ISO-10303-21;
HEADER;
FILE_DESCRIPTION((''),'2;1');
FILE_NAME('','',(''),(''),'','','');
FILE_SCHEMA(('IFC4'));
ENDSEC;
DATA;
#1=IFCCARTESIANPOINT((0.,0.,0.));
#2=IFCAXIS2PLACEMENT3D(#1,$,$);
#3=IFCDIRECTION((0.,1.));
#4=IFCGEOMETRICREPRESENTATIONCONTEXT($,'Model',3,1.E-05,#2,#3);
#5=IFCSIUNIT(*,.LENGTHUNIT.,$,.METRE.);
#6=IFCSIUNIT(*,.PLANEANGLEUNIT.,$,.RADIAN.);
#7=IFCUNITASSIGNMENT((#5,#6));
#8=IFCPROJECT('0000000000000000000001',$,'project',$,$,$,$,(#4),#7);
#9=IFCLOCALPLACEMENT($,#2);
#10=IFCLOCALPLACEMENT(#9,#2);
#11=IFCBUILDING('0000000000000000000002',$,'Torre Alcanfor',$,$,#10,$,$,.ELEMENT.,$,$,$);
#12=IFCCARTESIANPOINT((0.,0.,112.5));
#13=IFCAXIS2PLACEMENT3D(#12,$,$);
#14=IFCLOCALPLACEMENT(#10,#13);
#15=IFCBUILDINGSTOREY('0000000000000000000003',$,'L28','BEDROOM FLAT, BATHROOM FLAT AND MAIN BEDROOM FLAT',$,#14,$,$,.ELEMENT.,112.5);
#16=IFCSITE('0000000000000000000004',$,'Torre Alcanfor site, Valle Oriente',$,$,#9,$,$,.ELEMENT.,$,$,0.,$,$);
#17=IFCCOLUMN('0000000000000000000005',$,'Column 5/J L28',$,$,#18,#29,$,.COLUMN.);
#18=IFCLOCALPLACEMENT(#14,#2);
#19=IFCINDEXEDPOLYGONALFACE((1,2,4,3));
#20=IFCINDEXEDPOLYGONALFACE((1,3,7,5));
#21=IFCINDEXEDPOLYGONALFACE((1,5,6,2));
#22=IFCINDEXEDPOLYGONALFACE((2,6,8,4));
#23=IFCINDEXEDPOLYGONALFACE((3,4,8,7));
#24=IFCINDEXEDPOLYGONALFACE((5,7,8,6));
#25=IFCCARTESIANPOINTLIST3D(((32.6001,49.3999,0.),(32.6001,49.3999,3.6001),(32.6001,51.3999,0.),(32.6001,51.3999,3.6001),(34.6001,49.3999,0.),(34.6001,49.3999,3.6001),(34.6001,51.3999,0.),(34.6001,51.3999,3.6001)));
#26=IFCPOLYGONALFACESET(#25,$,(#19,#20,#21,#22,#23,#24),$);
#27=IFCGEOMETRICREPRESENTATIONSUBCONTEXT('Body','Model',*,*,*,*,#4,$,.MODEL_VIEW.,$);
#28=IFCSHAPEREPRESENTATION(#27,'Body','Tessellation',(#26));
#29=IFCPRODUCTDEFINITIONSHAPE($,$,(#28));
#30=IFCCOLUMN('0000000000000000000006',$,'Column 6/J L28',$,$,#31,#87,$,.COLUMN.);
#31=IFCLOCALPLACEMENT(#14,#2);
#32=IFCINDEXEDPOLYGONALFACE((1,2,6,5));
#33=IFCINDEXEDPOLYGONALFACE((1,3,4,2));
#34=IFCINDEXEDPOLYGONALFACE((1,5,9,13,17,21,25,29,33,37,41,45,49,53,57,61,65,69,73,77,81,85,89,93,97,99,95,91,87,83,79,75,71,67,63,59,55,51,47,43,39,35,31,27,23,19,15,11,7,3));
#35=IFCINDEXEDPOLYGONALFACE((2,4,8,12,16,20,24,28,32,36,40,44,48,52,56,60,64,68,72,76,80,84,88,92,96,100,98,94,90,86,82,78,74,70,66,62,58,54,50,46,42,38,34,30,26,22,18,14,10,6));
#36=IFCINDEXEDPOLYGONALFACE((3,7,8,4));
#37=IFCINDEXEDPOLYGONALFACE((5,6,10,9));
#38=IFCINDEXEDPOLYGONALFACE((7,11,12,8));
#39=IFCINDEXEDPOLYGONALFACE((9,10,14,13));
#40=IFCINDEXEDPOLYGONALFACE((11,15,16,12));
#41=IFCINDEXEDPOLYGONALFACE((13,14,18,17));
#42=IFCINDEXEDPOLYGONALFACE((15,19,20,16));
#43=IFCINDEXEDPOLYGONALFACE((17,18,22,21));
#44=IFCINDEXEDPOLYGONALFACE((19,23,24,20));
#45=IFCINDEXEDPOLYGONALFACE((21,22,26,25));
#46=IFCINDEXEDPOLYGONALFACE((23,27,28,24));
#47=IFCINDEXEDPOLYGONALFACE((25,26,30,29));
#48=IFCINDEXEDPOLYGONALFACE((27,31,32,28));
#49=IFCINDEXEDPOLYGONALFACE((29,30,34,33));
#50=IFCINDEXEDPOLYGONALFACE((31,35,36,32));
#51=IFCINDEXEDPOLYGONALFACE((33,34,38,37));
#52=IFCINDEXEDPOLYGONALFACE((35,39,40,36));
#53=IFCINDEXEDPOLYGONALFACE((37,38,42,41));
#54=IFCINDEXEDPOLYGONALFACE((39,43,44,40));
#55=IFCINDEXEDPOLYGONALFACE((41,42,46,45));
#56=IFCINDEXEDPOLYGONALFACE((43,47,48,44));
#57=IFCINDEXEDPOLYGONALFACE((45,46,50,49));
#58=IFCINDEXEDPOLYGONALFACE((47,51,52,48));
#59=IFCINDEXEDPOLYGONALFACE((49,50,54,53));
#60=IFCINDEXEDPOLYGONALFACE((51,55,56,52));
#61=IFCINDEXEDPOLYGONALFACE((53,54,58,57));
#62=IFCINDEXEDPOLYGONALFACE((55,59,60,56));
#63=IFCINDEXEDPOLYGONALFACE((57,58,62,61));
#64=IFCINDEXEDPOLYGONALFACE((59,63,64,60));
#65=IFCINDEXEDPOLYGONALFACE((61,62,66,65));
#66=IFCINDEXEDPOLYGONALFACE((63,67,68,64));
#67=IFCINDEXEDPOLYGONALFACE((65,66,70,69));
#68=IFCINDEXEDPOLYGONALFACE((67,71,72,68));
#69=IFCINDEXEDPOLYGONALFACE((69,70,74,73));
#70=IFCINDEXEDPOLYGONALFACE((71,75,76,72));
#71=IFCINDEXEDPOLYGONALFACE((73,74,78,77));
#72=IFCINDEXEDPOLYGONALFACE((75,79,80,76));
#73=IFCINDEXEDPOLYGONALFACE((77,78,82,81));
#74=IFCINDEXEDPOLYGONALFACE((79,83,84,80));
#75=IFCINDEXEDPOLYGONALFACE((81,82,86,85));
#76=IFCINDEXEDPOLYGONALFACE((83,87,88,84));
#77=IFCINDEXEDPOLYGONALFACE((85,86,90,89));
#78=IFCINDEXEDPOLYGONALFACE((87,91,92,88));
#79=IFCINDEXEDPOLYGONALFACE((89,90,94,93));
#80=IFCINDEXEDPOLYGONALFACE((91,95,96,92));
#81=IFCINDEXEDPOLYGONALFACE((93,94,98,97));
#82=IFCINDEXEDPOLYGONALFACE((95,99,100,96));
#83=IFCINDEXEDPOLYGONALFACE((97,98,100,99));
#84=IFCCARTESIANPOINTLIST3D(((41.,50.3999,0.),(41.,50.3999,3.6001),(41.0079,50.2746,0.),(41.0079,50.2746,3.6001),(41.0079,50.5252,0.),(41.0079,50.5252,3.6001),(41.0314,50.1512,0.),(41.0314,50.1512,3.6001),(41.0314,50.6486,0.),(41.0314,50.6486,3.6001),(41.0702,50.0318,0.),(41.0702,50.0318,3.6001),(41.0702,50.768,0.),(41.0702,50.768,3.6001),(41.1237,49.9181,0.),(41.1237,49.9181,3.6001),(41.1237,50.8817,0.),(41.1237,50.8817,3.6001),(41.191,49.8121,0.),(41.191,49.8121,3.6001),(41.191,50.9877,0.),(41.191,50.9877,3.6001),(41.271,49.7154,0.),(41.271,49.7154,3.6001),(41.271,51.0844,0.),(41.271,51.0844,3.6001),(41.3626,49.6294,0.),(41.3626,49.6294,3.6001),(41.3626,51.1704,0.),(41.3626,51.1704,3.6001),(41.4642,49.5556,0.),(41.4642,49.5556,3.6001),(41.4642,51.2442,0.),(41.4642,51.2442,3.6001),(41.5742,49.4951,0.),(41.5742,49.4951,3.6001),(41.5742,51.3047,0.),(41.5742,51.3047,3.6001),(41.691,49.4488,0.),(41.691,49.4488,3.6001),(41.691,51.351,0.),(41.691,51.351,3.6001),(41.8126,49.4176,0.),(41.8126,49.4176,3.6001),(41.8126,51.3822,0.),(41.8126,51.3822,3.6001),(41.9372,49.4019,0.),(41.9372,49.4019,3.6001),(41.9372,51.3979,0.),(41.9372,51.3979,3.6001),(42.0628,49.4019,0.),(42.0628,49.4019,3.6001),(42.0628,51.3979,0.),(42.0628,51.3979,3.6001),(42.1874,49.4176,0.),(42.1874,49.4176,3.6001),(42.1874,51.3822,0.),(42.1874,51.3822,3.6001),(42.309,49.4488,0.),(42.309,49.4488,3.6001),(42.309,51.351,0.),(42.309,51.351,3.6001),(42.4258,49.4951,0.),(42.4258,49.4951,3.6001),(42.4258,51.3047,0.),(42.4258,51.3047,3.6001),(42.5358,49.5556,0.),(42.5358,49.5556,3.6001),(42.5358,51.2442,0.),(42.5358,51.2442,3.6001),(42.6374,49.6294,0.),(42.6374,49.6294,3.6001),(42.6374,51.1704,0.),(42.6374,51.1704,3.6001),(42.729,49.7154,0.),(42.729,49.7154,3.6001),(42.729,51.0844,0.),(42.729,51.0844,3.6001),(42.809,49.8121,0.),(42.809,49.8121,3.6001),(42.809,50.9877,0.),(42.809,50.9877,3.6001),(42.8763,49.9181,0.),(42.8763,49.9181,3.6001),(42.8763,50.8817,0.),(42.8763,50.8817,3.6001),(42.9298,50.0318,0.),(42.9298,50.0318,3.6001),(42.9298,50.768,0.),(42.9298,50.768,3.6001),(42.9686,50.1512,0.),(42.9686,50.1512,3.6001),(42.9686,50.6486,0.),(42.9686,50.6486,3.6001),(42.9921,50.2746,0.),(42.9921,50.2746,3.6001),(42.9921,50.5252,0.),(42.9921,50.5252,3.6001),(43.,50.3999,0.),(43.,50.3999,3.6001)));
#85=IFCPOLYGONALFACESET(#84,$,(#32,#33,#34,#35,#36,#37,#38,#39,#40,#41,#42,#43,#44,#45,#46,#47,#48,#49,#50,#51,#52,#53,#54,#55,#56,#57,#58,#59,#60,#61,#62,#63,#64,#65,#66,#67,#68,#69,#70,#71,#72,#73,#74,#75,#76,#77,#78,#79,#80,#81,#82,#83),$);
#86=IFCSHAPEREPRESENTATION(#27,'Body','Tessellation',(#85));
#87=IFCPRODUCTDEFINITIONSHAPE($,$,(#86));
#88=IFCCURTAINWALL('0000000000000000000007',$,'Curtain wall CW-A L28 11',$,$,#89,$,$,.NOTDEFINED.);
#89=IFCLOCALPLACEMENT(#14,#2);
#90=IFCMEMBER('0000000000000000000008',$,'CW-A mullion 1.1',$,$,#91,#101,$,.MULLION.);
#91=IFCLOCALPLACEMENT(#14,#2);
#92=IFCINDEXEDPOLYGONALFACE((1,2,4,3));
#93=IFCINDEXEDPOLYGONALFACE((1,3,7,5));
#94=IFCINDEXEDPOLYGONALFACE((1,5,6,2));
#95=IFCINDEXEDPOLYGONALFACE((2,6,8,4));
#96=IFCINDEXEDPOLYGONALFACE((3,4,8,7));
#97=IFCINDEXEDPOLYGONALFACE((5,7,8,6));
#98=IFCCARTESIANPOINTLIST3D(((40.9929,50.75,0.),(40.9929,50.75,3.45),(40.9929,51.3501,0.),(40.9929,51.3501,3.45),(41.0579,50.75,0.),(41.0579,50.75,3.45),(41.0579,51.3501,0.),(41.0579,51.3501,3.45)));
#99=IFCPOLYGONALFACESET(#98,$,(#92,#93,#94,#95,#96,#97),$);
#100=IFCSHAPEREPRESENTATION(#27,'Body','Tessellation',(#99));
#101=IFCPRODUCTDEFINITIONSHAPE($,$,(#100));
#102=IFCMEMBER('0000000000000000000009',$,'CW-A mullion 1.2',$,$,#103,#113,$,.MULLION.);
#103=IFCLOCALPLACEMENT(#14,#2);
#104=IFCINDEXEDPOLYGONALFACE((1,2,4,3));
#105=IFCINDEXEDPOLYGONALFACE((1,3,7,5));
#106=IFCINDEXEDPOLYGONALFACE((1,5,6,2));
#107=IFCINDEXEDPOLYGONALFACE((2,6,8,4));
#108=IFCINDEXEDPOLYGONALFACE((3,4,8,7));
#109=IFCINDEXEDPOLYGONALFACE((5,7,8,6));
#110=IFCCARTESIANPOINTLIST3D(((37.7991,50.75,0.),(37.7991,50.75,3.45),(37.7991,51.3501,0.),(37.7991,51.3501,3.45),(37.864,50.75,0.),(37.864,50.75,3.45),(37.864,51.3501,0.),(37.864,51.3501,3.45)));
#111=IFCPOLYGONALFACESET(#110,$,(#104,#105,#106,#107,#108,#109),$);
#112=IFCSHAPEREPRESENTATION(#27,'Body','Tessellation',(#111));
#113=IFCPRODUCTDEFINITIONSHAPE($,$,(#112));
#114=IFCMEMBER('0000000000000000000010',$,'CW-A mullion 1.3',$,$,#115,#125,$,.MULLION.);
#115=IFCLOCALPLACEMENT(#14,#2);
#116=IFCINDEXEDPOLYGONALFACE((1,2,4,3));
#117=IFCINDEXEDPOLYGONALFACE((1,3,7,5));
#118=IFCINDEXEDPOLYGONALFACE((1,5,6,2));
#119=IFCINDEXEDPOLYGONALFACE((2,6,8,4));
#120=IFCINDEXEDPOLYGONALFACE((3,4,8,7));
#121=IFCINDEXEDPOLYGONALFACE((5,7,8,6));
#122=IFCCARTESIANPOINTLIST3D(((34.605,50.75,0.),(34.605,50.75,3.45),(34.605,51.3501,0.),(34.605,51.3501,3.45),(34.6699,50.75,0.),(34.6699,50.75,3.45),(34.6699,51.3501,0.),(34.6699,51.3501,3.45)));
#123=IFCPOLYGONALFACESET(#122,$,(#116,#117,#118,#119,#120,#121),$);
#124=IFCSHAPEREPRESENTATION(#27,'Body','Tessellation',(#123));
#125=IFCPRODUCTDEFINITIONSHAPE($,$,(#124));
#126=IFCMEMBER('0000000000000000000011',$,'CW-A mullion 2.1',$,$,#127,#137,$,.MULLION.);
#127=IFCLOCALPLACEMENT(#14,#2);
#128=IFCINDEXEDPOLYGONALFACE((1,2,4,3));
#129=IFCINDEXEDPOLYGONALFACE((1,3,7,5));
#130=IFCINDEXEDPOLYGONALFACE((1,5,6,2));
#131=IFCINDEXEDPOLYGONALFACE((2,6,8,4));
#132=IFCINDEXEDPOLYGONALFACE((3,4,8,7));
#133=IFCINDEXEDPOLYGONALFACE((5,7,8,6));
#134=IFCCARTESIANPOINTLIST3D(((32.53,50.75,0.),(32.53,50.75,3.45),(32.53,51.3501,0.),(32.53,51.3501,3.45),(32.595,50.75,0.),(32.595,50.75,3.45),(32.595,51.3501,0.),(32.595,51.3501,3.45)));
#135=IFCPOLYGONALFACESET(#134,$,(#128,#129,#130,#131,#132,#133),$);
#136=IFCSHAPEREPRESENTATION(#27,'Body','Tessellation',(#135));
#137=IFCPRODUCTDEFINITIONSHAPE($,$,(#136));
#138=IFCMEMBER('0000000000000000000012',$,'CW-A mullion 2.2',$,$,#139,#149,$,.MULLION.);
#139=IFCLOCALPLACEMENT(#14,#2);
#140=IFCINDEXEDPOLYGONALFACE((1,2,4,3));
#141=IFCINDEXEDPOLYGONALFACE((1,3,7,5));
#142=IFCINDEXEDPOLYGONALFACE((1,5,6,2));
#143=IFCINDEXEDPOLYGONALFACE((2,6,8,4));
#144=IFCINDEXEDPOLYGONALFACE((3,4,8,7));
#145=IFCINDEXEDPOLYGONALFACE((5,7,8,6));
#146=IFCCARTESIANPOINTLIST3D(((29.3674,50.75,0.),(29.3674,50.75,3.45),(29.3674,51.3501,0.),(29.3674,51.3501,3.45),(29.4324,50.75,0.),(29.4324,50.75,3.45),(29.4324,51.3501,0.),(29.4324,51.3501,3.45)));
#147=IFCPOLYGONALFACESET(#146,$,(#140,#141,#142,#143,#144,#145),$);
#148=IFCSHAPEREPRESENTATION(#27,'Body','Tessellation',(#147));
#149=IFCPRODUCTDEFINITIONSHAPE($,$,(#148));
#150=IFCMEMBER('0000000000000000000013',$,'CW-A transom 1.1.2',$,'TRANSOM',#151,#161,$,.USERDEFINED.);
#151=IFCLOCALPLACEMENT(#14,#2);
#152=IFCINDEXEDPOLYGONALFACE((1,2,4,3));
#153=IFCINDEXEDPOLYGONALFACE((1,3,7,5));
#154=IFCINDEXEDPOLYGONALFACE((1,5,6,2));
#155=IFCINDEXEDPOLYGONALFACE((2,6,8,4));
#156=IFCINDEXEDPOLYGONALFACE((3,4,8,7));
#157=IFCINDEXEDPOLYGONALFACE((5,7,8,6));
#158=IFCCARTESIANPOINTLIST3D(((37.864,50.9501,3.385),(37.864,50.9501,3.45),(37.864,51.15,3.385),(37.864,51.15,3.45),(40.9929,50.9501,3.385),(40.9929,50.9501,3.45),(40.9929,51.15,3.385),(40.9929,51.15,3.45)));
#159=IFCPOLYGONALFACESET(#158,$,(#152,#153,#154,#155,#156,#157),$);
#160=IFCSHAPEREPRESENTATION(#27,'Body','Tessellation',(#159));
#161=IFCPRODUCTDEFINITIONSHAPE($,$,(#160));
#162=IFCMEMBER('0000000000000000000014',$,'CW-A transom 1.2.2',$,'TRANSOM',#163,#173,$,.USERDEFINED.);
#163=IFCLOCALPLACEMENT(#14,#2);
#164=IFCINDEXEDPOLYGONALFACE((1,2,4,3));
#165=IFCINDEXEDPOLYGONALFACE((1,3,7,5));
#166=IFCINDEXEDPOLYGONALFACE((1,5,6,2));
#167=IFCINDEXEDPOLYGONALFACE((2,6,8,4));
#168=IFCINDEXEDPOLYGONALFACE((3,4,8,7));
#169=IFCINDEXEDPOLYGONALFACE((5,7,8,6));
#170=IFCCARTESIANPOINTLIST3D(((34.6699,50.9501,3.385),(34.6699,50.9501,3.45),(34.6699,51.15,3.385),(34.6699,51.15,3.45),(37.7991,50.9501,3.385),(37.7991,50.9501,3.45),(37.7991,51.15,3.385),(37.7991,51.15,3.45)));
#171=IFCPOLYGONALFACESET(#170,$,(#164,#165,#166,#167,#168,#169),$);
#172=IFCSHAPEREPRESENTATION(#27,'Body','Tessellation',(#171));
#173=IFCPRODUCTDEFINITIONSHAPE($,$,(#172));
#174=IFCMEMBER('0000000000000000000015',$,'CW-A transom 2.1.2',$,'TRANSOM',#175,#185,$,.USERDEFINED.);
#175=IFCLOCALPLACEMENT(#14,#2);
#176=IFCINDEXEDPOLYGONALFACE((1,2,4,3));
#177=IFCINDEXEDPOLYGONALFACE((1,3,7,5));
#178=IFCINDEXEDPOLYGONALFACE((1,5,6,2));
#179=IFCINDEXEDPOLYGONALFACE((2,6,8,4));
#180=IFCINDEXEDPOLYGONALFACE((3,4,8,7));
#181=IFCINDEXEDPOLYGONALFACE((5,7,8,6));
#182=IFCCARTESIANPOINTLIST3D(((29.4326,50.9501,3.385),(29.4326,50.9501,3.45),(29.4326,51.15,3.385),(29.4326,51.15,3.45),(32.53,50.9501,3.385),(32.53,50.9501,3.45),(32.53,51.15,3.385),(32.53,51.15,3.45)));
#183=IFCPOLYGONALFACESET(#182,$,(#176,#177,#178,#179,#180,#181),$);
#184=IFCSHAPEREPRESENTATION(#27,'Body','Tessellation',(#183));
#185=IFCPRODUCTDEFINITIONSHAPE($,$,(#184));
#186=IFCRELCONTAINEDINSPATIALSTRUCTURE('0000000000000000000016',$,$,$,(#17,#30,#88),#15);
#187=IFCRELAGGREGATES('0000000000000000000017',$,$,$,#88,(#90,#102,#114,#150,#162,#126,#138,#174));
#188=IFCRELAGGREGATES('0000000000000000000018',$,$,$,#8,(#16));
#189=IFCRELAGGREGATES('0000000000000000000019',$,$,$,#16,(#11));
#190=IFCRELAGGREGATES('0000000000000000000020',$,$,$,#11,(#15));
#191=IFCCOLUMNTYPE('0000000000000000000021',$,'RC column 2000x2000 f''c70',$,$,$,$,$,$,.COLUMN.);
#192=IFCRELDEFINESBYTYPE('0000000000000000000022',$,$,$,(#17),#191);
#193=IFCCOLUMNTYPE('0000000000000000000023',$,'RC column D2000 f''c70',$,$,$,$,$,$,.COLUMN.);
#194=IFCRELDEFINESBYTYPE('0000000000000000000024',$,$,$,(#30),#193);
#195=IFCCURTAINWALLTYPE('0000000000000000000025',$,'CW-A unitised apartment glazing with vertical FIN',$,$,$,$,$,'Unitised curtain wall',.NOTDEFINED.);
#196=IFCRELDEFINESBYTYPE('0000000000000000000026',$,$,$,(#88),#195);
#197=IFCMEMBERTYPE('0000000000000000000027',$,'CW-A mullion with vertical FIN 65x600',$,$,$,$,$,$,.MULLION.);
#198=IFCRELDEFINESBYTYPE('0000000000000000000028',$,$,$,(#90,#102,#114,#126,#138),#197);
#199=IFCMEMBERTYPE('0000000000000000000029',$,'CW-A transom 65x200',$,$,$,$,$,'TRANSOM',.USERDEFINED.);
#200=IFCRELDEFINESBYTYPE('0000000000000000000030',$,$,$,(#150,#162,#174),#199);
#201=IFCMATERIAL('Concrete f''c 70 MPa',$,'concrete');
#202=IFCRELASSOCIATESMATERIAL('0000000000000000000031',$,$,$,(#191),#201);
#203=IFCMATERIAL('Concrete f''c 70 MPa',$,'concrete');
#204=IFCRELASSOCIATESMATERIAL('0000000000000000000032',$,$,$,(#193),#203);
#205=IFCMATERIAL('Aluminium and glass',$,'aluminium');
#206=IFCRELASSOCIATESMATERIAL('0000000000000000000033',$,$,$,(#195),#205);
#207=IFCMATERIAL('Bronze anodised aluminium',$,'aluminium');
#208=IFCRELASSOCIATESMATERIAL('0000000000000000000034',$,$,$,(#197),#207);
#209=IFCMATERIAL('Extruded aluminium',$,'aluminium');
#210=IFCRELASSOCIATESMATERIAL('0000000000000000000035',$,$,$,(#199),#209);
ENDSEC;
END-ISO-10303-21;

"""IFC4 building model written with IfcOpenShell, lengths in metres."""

from ifc_helpers import new_model, si_unit, direction, frame, origin, origin_2d, place, context, subcontext, project, spatial, rectangle, circle, extrude, material, material_profile, profile_set, type_object, element, aggregate, save


model = new_model("IFC4")

# Units and contexts
model_context = context("Model", 3, precision=1e-05, world=origin(), true_north=direction((0.0, 1.0)))
body_context = subcontext(model_context, "Body", "Model", "MODEL_VIEW")
ifc_project = project(units=[si_unit("LENGTHUNIT", "METRE"), si_unit("PLANEANGLEUNIT", "RADIAN")], contexts=[model_context])

# Site, building, storey
site_placement = place(None, origin())
site = spatial("IfcSite", under=ifc_project, at=site_placement, Name="Torre Alcanfor site, Valle Oriente", CompositionType="ELEMENT", RefElevation=0.0)
building_placement = place(site_placement, origin())
building = spatial("IfcBuilding", under=site, at=building_placement, Name="Torre Alcanfor", CompositionType="ELEMENT")
storey_placement = place(building_placement, frame((0.0, 0.0, 112.5)))
storey = spatial("IfcBuildingStorey", under=building, at=storey_placement, Name="L28", Description="BEDROOM FLAT, BATHROOM FLAT AND MAIN BEDROOM FLAT", CompositionType="ELEMENT", Elevation=112.5)

# Columns
ifc_material_1 = material(Name="Concrete f'c 70 MPa", Category="concrete")
ifc_material_profile_1 = material_profile(ifc_material_1, rectangle(XDim=2.0, YDim=2.0, at=origin_2d()), Name="2000x2000")
ifc_profile_set_1 = profile_set([ifc_material_profile_1], Name="Concrete f'c 70 MPa")
column_type_1 = type_object("IfcColumnType", Name="RC column 2000x2000 f'c70", PredefinedType="COLUMN", material=ifc_profile_set_1)
column_1_placement = place(storey_placement, frame((33.6001, 50.3999, 0.0), z_axis=(0.0, 0.0, 1.0), x_axis=(1.0, 0.0, 0.0)))
element("IfcColumn", 1, at=column_1_placement, inside=storey, type_object=column_type_1, Name="Column 5/J L28", PredefinedType="COLUMN", context=body_context, shape_type="SweptSolid", body=[
    extrude(rectangle(XDim=2.0, YDim=2.0, at=origin_2d()), origin(), (0.0, 0.0, 1.0), 3.6001),
])
ifc_material_2 = material(Name="Concrete f'c 70 MPa", Category="concrete")
ifc_material_profile_2 = material_profile(ifc_material_2, circle(Radius=1.0, at=origin_2d()), Name="D2000")
ifc_profile_set_2 = profile_set([ifc_material_profile_2], Name="Concrete f'c 70 MPa")
column_type_2 = type_object("IfcColumnType", Name="RC column D2000 f'c70", PredefinedType="COLUMN", material=ifc_profile_set_2)
column_2_placement = place(storey_placement, frame((42.0, 50.3999, 0.0), z_axis=(0.0, 0.0, 1.0), x_axis=(1.0, 0.0, 0.0)))
element("IfcColumn", 2, at=column_2_placement, inside=storey, type_object=column_type_2, Name="Column 6/J L28", PredefinedType="COLUMN", context=body_context, shape_type="SweptSolid", body=[
    extrude(circle(Radius=1.0, at=origin_2d()), origin(), (0.0, 0.0, 1.0), 3.6001),
])

# Curtain wall, members
ifc_material_3 = material(Name="Aluminium and glass", Category="aluminium")
curtain_wall_type = type_object("IfcCurtainWallType", Name="CW-A unitised apartment glazing with vertical FIN", ElementType="Unitised curtain wall", PredefinedType="NOTDEFINED", material=ifc_material_3)
curtain_wall_placement = place(storey_placement, origin())
curtain_wall = element("IfcCurtainWall", 3, at=curtain_wall_placement, inside=storey, type_object=curtain_wall_type, Name="Curtain wall CW-A L28 11", PredefinedType="NOTDEFINED")
ifc_material_4 = material(Name="Bronze anodised aluminium", Category="aluminium")
ifc_material_profile_3 = material_profile(ifc_material_4, rectangle(XDim=0.6001, YDim=0.0649, at=origin_2d()), Name="CW-A mullion 65x600")
ifc_profile_set_3 = profile_set([ifc_material_profile_3], Name="Bronze anodised aluminium")
member_type_1 = type_object("IfcMemberType", Name="CW-A mullion with vertical FIN 65x600", PredefinedType="MULLION", material=ifc_profile_set_3)
member_1_placement = place(storey_placement, frame((41.0254, 51.05, 0.0), z_axis=(0.0, 0.0, 1.0), x_axis=(0.0, -1.0, 0.0)))
member_1 = element("IfcMember", 4, at=member_1_placement, type_object=member_type_1, Name="CW-A mullion 1.1", PredefinedType="MULLION", context=body_context, shape_type="SweptSolid", body=[
    extrude(rectangle(XDim=0.6001, YDim=0.0649, at=origin_2d()), origin(), (0.0, 0.0, 1.0), 3.45),
])
member_2_placement = place(storey_placement, frame((37.8315, 51.05, 0.0), z_axis=(0.0, 0.0, 1.0), x_axis=(0.0, -1.0, 0.0)))
member_2 = element("IfcMember", 5, at=member_2_placement, type_object=member_type_1, Name="CW-A mullion 1.2", PredefinedType="MULLION", context=body_context, shape_type="SweptSolid", body=[
    extrude(rectangle(XDim=0.6001, YDim=0.0649, at=origin_2d()), origin(), (0.0, 0.0, 1.0), 3.45),
])
member_3_placement = place(storey_placement, frame((34.6375, 51.05, 0.0), z_axis=(0.0, 0.0, 1.0), x_axis=(0.0, -1.0, 0.0)))
member_3 = element("IfcMember", 6, at=member_3_placement, type_object=member_type_1, Name="CW-A mullion 1.3", PredefinedType="MULLION", context=body_context, shape_type="SweptSolid", body=[
    extrude(rectangle(XDim=0.6001, YDim=0.0649, at=origin_2d()), origin(), (0.0, 0.0, 1.0), 3.45),
])
member_4_placement = place(storey_placement, frame((32.5625, 51.05, 0.0), z_axis=(0.0, 0.0, 1.0), x_axis=(0.0, -1.0, 0.0)))
member_4 = element("IfcMember", 7, at=member_4_placement, type_object=member_type_1, Name="CW-A mullion 2.1", PredefinedType="MULLION", context=body_context, shape_type="SweptSolid", body=[
    extrude(rectangle(XDim=0.6001, YDim=0.0649, at=origin_2d()), origin(), (0.0, 0.0, 1.0), 3.45),
])
member_5_placement = place(storey_placement, frame((29.3999, 51.05, 0.0), z_axis=(0.0, 0.0, 1.0), x_axis=(0.0, -1.0, 0.0)))
member_5 = element("IfcMember", 8, at=member_5_placement, type_object=member_type_1, Name="CW-A mullion 2.2", PredefinedType="MULLION", context=body_context, shape_type="SweptSolid", body=[
    extrude(rectangle(XDim=0.6001, YDim=0.0649, at=origin_2d()), origin(), (0.0, 0.0, 1.0), 3.45),
])
ifc_material_5 = material(Name="Extruded aluminium", Category="aluminium")
ifc_material_profile_4 = material_profile(ifc_material_5, rectangle(XDim=0.2, YDim=0.0649, at=origin_2d()), Name="CW-A transom 200x65")
ifc_profile_set_4 = profile_set([ifc_material_profile_4], Name="Extruded aluminium")
member_type_2 = type_object("IfcMemberType", Name="CW-A transom 65x200", ElementType="TRANSOM", PredefinedType="USERDEFINED", material=ifc_profile_set_4)
member_6_placement = place(storey_placement, frame((40.9929, 51.05, 3.4175), z_axis=(-1.0, 0.0, 0.0), x_axis=(0.0, -1.0, 0.0)))
member_6 = element("IfcMember", 9, at=member_6_placement, type_object=member_type_2, Name="CW-A transom 1.1.2", ObjectType="TRANSOM", PredefinedType="USERDEFINED", context=body_context, shape_type="SweptSolid", body=[
    extrude(rectangle(XDim=0.2, YDim=0.0649, at=origin_2d()), origin(), (0.0, 0.0, 1.0), 3.1289),
])
member_7_placement = place(storey_placement, frame((37.7991, 51.05, 3.4175), z_axis=(-1.0, 0.0, 0.0), x_axis=(0.0, -1.0, 0.0)))
member_7 = element("IfcMember", 10, at=member_7_placement, type_object=member_type_2, Name="CW-A transom 1.2.2", ObjectType="TRANSOM", PredefinedType="USERDEFINED", context=body_context, shape_type="SweptSolid", body=[
    extrude(rectangle(XDim=0.2, YDim=0.0649, at=origin_2d()), origin(), (0.0, 0.0, 1.0), 3.1292),
])
member_8_placement = place(storey_placement, frame((32.53, 51.05, 3.4175), z_axis=(-1.0, 0.0, 0.0), x_axis=(0.0, -1.0, 0.0)))
member_8 = element("IfcMember", 11, at=member_8_placement, type_object=member_type_2, Name="CW-A transom 2.1.2", ObjectType="TRANSOM", PredefinedType="USERDEFINED", context=body_context, shape_type="SweptSolid", body=[
    extrude(rectangle(XDim=0.2, YDim=0.0649, at=origin_2d()), origin(), (0.0, 0.0, 1.0), 3.0974),
])

aggregate(curtain_wall, [member_1, member_2, member_3, member_6, member_7, member_4, member_5, member_8])

save(model, "model.ifc")
